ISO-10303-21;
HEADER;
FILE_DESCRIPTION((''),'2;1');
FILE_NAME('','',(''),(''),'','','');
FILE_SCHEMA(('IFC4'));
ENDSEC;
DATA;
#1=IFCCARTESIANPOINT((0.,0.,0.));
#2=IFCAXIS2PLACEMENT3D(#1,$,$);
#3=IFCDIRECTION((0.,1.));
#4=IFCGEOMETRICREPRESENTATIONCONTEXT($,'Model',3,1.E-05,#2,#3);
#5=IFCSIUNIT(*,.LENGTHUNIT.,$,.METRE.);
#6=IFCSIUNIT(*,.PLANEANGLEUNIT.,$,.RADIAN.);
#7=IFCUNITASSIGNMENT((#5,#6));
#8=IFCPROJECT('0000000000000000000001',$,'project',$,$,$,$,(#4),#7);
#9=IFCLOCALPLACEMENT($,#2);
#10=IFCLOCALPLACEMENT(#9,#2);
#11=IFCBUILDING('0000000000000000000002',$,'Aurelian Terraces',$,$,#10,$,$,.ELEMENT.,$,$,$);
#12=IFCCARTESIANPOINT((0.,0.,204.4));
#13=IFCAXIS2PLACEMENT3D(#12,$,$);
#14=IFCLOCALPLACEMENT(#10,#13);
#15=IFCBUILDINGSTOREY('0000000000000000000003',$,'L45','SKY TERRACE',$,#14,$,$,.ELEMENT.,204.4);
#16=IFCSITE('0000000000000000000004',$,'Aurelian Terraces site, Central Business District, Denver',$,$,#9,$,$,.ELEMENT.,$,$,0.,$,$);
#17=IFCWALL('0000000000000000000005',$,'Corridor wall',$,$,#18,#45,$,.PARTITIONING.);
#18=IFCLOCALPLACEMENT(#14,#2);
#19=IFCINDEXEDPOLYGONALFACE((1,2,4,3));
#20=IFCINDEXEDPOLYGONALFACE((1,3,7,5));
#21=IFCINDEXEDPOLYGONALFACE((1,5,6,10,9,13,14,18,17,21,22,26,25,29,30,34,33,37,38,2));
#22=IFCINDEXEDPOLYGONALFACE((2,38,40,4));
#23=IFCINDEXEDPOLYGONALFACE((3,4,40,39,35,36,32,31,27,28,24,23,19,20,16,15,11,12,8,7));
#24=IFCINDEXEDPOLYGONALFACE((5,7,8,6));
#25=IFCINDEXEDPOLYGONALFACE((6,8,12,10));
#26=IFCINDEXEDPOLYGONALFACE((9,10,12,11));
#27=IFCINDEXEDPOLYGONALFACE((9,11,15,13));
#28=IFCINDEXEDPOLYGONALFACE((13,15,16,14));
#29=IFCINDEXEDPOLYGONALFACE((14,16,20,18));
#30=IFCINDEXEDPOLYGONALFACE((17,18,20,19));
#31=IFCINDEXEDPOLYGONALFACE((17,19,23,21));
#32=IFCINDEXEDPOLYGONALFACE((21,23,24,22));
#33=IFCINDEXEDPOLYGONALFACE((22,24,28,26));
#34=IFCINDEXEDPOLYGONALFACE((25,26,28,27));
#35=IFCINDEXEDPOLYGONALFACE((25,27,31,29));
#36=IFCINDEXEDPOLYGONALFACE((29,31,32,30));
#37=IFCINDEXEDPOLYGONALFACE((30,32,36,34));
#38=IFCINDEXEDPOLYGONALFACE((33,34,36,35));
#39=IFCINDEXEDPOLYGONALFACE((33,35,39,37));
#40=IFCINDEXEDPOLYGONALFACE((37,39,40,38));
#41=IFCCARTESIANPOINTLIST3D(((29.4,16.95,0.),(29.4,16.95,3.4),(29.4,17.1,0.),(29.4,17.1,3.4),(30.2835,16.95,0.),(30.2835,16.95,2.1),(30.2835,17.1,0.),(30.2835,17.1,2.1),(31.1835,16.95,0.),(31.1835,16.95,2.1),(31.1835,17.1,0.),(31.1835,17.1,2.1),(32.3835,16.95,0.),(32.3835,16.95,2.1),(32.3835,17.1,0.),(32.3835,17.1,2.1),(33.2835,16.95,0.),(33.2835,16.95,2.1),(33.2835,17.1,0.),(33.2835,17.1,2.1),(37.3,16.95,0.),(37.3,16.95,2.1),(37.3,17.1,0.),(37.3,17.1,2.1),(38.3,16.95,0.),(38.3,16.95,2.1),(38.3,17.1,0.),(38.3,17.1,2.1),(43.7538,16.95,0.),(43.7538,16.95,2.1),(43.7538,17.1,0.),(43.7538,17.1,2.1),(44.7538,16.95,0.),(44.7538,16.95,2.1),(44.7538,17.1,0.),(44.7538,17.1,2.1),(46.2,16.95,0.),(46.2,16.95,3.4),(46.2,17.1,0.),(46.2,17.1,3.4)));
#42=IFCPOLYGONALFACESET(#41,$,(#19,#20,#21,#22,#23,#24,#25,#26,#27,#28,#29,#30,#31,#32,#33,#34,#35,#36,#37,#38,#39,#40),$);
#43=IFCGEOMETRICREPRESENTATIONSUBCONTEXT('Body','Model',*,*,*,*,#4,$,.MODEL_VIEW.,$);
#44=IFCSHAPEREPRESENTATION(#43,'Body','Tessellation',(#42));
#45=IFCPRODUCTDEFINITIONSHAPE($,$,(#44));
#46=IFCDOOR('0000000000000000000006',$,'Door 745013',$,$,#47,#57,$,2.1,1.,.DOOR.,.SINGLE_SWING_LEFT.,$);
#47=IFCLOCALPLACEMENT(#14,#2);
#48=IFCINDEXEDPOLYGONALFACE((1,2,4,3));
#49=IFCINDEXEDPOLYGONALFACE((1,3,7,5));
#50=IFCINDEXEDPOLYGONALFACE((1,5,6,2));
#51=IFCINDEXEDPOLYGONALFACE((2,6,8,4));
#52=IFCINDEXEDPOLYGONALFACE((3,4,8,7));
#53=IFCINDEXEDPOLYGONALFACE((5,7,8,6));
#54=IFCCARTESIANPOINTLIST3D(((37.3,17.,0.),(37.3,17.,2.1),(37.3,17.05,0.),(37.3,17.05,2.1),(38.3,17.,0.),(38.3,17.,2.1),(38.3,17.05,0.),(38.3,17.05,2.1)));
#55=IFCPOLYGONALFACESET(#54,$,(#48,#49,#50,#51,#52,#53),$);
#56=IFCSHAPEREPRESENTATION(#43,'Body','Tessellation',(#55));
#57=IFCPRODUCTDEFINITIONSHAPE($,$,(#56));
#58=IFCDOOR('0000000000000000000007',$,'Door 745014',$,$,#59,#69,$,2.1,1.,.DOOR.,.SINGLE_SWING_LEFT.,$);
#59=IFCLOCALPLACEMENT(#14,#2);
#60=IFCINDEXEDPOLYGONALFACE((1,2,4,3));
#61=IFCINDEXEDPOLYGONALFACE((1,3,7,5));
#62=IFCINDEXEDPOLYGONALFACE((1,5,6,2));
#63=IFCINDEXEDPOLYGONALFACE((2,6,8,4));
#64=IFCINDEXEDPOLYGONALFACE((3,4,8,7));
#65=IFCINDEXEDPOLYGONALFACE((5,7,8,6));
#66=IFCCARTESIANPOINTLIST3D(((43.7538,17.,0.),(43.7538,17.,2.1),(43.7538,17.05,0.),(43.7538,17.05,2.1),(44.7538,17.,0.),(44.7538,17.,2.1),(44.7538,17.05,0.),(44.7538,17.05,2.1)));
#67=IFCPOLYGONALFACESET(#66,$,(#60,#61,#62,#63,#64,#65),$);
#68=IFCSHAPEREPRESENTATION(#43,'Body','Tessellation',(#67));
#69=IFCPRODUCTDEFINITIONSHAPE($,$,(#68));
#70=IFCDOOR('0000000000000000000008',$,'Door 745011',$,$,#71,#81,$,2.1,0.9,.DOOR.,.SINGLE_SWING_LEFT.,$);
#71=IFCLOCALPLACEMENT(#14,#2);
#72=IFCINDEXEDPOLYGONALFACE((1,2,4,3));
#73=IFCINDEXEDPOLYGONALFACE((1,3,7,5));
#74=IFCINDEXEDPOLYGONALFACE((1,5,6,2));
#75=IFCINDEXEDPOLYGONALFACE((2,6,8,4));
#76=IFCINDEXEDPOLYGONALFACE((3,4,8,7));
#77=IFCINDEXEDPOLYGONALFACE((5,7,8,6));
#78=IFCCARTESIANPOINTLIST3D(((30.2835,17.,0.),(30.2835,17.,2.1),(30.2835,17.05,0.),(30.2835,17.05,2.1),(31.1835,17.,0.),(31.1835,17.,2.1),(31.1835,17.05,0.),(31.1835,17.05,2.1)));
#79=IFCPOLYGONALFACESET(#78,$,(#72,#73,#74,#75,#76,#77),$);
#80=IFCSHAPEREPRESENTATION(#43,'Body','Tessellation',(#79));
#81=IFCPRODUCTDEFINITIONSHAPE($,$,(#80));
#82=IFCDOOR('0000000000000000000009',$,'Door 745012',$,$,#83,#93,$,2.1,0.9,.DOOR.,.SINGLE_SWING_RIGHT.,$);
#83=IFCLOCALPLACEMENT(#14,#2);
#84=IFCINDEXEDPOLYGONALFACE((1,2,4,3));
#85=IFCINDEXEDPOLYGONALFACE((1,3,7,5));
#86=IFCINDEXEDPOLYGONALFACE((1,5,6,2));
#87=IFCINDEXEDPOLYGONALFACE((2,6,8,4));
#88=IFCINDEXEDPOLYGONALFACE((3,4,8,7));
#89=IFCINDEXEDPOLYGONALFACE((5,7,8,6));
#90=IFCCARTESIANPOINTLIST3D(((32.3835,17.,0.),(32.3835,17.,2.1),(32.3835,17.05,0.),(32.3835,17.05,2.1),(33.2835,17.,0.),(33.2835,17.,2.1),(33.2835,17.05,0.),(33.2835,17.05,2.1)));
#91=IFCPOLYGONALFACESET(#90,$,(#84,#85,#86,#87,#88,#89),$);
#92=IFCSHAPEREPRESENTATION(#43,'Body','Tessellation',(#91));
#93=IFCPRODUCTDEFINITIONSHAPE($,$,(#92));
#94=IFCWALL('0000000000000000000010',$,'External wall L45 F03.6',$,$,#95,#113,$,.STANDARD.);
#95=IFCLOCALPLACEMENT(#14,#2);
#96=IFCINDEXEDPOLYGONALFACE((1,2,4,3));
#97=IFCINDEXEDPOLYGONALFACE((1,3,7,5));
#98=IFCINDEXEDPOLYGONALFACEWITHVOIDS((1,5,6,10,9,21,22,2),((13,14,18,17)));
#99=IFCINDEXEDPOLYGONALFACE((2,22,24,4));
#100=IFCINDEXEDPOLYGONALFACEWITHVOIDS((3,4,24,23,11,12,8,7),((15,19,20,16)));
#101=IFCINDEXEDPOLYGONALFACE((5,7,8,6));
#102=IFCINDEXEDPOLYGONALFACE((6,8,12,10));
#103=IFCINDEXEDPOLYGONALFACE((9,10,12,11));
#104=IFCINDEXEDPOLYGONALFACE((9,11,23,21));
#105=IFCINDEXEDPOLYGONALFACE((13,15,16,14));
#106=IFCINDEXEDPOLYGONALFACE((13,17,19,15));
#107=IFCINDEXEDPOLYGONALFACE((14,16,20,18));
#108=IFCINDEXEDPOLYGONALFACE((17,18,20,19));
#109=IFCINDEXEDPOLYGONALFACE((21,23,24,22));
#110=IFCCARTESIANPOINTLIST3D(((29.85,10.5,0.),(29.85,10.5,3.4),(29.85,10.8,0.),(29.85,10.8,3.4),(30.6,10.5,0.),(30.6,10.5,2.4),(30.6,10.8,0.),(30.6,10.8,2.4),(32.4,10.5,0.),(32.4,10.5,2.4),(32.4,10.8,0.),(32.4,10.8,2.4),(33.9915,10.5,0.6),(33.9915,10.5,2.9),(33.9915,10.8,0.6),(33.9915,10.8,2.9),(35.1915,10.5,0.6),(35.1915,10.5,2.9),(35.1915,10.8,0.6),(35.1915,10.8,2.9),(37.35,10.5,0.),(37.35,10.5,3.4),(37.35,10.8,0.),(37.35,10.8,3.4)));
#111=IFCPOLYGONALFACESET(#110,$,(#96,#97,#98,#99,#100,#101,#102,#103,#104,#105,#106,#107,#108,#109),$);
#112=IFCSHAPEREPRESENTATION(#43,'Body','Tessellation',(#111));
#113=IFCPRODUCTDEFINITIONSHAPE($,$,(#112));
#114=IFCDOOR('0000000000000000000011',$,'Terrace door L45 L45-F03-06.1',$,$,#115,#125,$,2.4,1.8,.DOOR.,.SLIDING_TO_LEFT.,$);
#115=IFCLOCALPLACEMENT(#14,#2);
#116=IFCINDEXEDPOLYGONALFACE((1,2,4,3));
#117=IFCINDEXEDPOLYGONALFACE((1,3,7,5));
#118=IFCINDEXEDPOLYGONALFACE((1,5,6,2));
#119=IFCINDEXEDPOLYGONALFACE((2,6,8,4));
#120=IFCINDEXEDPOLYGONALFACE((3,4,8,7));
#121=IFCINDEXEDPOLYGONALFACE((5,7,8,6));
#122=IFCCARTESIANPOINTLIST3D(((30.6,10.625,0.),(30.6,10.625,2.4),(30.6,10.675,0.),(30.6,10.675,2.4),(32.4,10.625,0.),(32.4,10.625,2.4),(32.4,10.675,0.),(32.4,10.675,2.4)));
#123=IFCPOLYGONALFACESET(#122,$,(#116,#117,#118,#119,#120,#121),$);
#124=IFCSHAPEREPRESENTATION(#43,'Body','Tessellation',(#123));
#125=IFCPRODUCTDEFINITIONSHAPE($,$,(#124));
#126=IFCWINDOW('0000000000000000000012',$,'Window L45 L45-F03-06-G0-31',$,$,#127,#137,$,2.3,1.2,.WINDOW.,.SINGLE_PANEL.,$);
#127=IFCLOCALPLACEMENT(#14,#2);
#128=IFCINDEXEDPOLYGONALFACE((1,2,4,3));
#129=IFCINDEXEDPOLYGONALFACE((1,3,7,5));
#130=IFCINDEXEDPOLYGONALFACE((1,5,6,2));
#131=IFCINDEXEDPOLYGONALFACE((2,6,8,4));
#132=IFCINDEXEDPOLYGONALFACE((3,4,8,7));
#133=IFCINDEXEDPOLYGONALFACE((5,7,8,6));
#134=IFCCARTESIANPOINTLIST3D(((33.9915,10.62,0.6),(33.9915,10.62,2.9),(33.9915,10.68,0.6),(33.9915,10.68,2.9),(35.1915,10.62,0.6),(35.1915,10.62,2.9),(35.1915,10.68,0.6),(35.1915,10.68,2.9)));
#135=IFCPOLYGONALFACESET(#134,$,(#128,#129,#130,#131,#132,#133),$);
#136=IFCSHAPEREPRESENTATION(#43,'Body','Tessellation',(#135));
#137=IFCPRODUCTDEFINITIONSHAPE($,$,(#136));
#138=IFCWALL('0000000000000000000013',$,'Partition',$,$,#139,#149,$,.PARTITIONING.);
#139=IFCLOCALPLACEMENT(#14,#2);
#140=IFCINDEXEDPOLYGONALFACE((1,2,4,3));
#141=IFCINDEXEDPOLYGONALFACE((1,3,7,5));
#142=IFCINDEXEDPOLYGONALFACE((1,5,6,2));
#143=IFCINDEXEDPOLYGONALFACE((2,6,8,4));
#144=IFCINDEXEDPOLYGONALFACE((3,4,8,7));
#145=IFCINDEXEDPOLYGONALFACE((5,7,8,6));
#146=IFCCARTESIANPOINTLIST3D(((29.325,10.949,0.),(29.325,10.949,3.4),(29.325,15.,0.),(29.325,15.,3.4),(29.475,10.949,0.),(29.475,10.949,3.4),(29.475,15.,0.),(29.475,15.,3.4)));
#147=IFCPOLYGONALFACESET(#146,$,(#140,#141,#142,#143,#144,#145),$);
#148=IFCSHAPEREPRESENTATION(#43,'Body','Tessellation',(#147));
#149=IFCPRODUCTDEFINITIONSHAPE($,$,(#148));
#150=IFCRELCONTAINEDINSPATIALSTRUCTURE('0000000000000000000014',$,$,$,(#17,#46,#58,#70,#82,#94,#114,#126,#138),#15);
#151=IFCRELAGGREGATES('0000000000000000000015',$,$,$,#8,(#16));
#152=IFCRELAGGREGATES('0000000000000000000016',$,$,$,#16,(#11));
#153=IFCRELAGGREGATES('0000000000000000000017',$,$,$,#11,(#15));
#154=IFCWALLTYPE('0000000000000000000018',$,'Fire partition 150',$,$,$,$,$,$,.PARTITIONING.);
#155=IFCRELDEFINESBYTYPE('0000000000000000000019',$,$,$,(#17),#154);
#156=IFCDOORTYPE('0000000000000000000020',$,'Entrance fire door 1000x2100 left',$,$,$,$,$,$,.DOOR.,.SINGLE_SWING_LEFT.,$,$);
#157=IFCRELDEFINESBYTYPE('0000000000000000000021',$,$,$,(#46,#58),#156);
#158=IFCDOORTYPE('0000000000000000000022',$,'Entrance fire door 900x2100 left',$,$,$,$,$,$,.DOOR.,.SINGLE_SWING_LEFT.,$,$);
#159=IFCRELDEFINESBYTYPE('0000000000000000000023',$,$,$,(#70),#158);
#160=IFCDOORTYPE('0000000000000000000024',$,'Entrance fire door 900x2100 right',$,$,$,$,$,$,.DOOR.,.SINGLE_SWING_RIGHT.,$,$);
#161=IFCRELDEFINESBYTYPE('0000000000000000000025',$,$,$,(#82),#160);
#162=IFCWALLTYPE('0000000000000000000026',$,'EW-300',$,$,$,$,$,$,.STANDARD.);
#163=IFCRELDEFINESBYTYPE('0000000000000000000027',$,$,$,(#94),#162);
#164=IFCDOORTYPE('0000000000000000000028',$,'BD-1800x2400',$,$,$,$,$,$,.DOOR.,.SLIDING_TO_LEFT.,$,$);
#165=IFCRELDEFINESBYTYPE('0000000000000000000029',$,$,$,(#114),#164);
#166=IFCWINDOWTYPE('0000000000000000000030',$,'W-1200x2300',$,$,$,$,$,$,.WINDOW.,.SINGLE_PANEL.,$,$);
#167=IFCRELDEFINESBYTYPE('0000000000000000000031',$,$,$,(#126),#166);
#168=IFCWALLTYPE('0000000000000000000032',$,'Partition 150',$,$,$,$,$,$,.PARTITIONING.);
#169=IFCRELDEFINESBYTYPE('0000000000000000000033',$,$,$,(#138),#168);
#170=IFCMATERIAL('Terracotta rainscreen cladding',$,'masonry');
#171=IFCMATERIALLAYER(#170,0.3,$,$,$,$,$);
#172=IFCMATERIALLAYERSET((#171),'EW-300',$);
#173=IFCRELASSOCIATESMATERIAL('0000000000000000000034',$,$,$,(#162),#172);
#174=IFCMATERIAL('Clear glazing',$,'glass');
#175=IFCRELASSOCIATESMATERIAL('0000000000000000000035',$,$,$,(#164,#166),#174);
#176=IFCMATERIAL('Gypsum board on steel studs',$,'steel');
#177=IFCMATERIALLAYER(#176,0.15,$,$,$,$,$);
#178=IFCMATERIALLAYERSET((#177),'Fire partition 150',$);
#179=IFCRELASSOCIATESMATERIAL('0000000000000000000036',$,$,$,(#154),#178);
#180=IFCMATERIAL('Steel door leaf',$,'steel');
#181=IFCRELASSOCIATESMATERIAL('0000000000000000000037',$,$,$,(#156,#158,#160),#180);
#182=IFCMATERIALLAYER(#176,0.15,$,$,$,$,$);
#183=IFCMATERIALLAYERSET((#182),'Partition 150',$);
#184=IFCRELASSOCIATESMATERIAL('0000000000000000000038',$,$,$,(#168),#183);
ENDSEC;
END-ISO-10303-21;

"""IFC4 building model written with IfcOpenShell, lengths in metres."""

from ifc_helpers import new_model, si_unit, direction, frame, frame_2d, origin, place, context, subcontext, project, spatial, rectangle, extrude, source, transform, mapped, material, layer, layer_set, type_object, element, fill, save


model = new_model("IFC4")

# Units and contexts
model_context = context("Model", 3, precision=1e-05, world=origin(), true_north=direction((0.0, 1.0)))
body_context = subcontext(model_context, "Body", "Model", "MODEL_VIEW")
ifc_project = project(units=[si_unit("LENGTHUNIT", "METRE"), si_unit("PLANEANGLEUNIT", "RADIAN")], contexts=[model_context])

# Site, building, storey
site_placement = place(None, origin())
site = spatial("IfcSite", under=ifc_project, at=site_placement, Name="Aurelian Terraces site, Central Business District, Denver", CompositionType="ELEMENT", RefElevation=0.0)
building_placement = place(site_placement, origin())
building = spatial("IfcBuilding", under=site, at=building_placement, Name="Aurelian Terraces", CompositionType="ELEMENT")
storey_placement = place(building_placement, frame((0.0, 0.0, 204.4)))
storey = spatial("IfcBuildingStorey", under=building, at=storey_placement, Name="L45", Description="SKY TERRACE", CompositionType="ELEMENT", Elevation=204.4)

# Wall, openings, doors
ifc_material_1 = material(Name="Terracotta rainscreen cladding", Category="masonry")
ifc_layer_1 = layer(ifc_material_1, 0.3)
ifc_layer_set_1 = layer_set([ifc_layer_1], Name="EW-300")
wall_type_1 = type_object("IfcWallType", Name="EW-300", PredefinedType="STANDARD", material=ifc_layer_set_1)
shared_shape_1 = source(origin(), body_context, "Body", "SweptSolid", [
    extrude(rectangle(XDim=1.8, YDim=2.4, at=frame_2d((0.9, 1.2))), frame((0.0, 0.16, 0.0), z_axis=(0.0, -1.0, 0.0), x_axis=(1.0, 0.0, 0.0)), (0.0, 0.0, 1.0), 0.32),
])
ifc_material_2 = material(Name="Clear glazing", Category="glass")
door_type_1 = type_object("IfcDoorType", Name="BD-1800x2400", OperationType="SLIDING_TO_LEFT", PredefinedType="DOOR", material=ifc_material_2)
shared_shape_2 = source(origin(), body_context, "Body", "SweptSolid", [
    extrude(rectangle(XDim=1.8, YDim=2.4, at=frame_2d((0.9, 1.2))), frame((0.0, 0.025, 0.0), z_axis=(0.0, -1.0, 0.0), x_axis=(1.0, 0.0, 0.0)), (0.0, 0.0, 1.0), 0.05),
])
ifc_material_3 = material(Name="Gypsum board on steel studs", Category="steel")
ifc_layer_2 = layer(ifc_material_3, 0.15)
ifc_layer_set_2 = layer_set([ifc_layer_2], Name="Fire partition 150")
wall_type_2 = type_object("IfcWallType", Name="Fire partition 150", PredefinedType="PARTITIONING", material=ifc_layer_set_2)
wall_1_placement = place(storey_placement, frame((29.4, 17.025, 0.0), z_axis=(0.0, 0.0, 1.0), x_axis=(1.0, 0.0, 0.0)))
wall_1 = element("IfcWall", 1, at=wall_1_placement, inside=storey, type_object=wall_type_2, Name="Corridor wall", PredefinedType="PARTITIONING", context=body_context, shape_type="SweptSolid", body=[
    extrude(rectangle(XDim=16.8, YDim=0.15, at=frame_2d((8.4, 0.0))), origin(), (0.0, 0.0, 1.0), 3.4),
])
shared_shape_3 = source(origin(), body_context, "Body", "SweptSolid", [
    extrude(rectangle(XDim=0.9, YDim=2.1, at=frame_2d((0.45, 1.05))), frame((0.0, 0.085, 0.0), z_axis=(0.0, -1.0, 0.0), x_axis=(1.0, 0.0, 0.0)), (0.0, 0.0, 1.0), 0.17),
])
opening_1_placement = place(wall_1_placement, frame((0.8835, 0.0, 0.0)))
opening_1 = element("IfcOpeningElement", 2, at=opening_1_placement, cuts=wall_1, PredefinedType="OPENING", context=body_context, shape_type="MappedRepresentation", body=[
    mapped(shared_shape_3, transform((0.0, 0.0, 0.0), scale=1.0)),
])
opening_2_placement = place(wall_1_placement, frame((2.9835, 0.0, 0.0)))
opening_2 = element("IfcOpeningElement", 3, at=opening_2_placement, cuts=wall_1, PredefinedType="OPENING", context=body_context, shape_type="MappedRepresentation", body=[
    mapped(shared_shape_3, transform((0.0, 0.0, 0.0), scale=1.0)),
])
shared_shape_4 = source(origin(), body_context, "Body", "SweptSolid", [
    extrude(rectangle(XDim=1.0, YDim=2.1, at=frame_2d((0.5, 1.05))), frame((0.0, 0.085, 0.0), z_axis=(0.0, -1.0, 0.0), x_axis=(1.0, 0.0, 0.0)), (0.0, 0.0, 1.0), 0.17),
])
opening_3_placement = place(wall_1_placement, frame((7.9, 0.0, 0.0)))
opening_3 = element("IfcOpeningElement", 4, at=opening_3_placement, cuts=wall_1, PredefinedType="OPENING", context=body_context, shape_type="MappedRepresentation", body=[
    mapped(shared_shape_4, transform((0.0, 0.0, 0.0), scale=1.0)),
])
opening_4_placement = place(wall_1_placement, frame((14.3538, 0.0, 0.0)))
opening_4 = element("IfcOpeningElement", 5, at=opening_4_placement, cuts=wall_1, PredefinedType="OPENING", context=body_context, shape_type="MappedRepresentation", body=[
    mapped(shared_shape_4, transform((0.0, 0.0, 0.0), scale=1.0)),
])
ifc_material_4 = material(Name="Steel door leaf", Category="steel")
door_type_2 = type_object("IfcDoorType", Name="Entrance fire door 1000x2100 left", OperationType="SINGLE_SWING_LEFT", PredefinedType="DOOR", material=ifc_material_4)
shared_shape_5 = source(origin(), body_context, "Body", "SweptSolid", [
    extrude(rectangle(XDim=1.0, YDim=2.1, at=frame_2d((0.5, 1.05))), frame((0.0, 0.025, 0.0), z_axis=(0.0, -1.0, 0.0), x_axis=(1.0, 0.0, 0.0)), (0.0, 0.0, 1.0), 0.05),
])
door_1_placement = place(opening_3_placement, origin())
door_1 = element("IfcDoor", 6, at=door_1_placement, inside=storey, type_object=door_type_2, Name="Door 745013", OperationType="SINGLE_SWING_LEFT", OverallHeight=2.1, OverallWidth=1.0, PredefinedType="DOOR", context=body_context, shape_type="MappedRepresentation", body=[
    mapped(shared_shape_5, transform((0.0, 0.0, 0.0), scale=1.0)),
])
fill(opening_3, door_1)
door_2_placement = place(opening_4_placement, origin())
door_2 = element("IfcDoor", 7, at=door_2_placement, inside=storey, type_object=door_type_2, Name="Door 745014", OperationType="SINGLE_SWING_LEFT", OverallHeight=2.1, OverallWidth=1.0, PredefinedType="DOOR", context=body_context, shape_type="MappedRepresentation", body=[
    mapped(shared_shape_5, transform((0.0, 0.0, 0.0), scale=1.0)),
])
fill(opening_4, door_2)
door_type_3 = type_object("IfcDoorType", Name="Entrance fire door 900x2100 left", OperationType="SINGLE_SWING_LEFT", PredefinedType="DOOR", material=ifc_material_4)
shared_shape_6 = source(origin(), body_context, "Body", "SweptSolid", [
    extrude(rectangle(XDim=0.9, YDim=2.1, at=frame_2d((0.45, 1.05))), frame((0.0, 0.025, 0.0), z_axis=(0.0, -1.0, 0.0), x_axis=(1.0, 0.0, 0.0)), (0.0, 0.0, 1.0), 0.05),
])
door_3_placement = place(opening_1_placement, origin())
door_3 = element("IfcDoor", 8, at=door_3_placement, inside=storey, type_object=door_type_3, Name="Door 745011", OperationType="SINGLE_SWING_LEFT", OverallHeight=2.1, OverallWidth=0.9, PredefinedType="DOOR", context=body_context, shape_type="MappedRepresentation", body=[
    mapped(shared_shape_6, transform((0.0, 0.0, 0.0), scale=1.0)),
])
fill(opening_1, door_3)
door_type_4 = type_object("IfcDoorType", Name="Entrance fire door 900x2100 right", OperationType="SINGLE_SWING_RIGHT", PredefinedType="DOOR", material=ifc_material_4)
door_4_placement = place(opening_2_placement, origin())
door_4 = element("IfcDoor", 9, at=door_4_placement, inside=storey, type_object=door_type_4, Name="Door 745012", OperationType="SINGLE_SWING_RIGHT", OverallHeight=2.1, OverallWidth=0.9, PredefinedType="DOOR", context=body_context, shape_type="MappedRepresentation", body=[
    mapped(shared_shape_6, transform((0.0, 0.0, 0.0), scale=1.0)),
])
fill(opening_2, door_4)

# Wall, openings, door, window
shared_shape_7 = source(origin(), body_context, "Body", "SweptSolid", [
    extrude(rectangle(XDim=7.5, YDim=0.3, at=frame_2d((3.75, 0.0))), origin(), (0.0, 0.0, 1.0), 3.4),
])
wall_2_placement = place(storey_placement, frame((29.85, 10.65, 0.0), z_axis=(0.0, 0.0, 1.0), x_axis=(1.0, 0.0, 0.0)))
wall_2 = element("IfcWall", 10, at=wall_2_placement, inside=storey, type_object=wall_type_1, Name="External wall L45 F03.6", PredefinedType="STANDARD", context=body_context, shape_type="MappedRepresentation", body=[
    mapped(shared_shape_7, transform((0.0, 0.0, 0.0), scale=1.0)),
])
opening_5_placement = place(wall_2_placement, frame((0.75, 0.0, 0.0)))
opening_5 = element("IfcOpeningElement", 11, at=opening_5_placement, cuts=wall_2, PredefinedType="OPENING", context=body_context, shape_type="MappedRepresentation", body=[
    mapped(shared_shape_1, transform((0.0, 0.0, 0.0), scale=1.0)),
])
shared_shape_8 = source(origin(), body_context, "Body", "SweptSolid", [
    extrude(rectangle(XDim=1.2, YDim=2.3, at=frame_2d((0.6, 1.15))), frame((0.0, 0.16, 0.0), z_axis=(0.0, -1.0, 0.0), x_axis=(1.0, 0.0, 0.0)), (0.0, 0.0, 1.0), 0.32),
])
opening_6_placement = place(wall_2_placement, frame((4.1415, 0.0, 0.6)))
opening_6 = element("IfcOpeningElement", 12, at=opening_6_placement, cuts=wall_2, PredefinedType="OPENING", context=body_context, shape_type="MappedRepresentation", body=[
    mapped(shared_shape_8, transform((0.0, 0.0, 0.0), scale=1.0)),
])
door_5_placement = place(opening_5_placement, origin())
door_5 = element("IfcDoor", 13, at=door_5_placement, inside=storey, type_object=door_type_1, Name="Terrace door L45 L45-F03-06.1", OperationType="SLIDING_TO_LEFT", OverallHeight=2.4, OverallWidth=1.8, PredefinedType="DOOR", context=body_context, shape_type="MappedRepresentation", body=[
    mapped(shared_shape_2, transform((0.0, 0.0, 0.0), scale=1.0)),
])
fill(opening_5, door_5)
window_type = type_object("IfcWindowType", Name="W-1200x2300", PartitioningType="SINGLE_PANEL", PredefinedType="WINDOW", material=ifc_material_2)
shared_shape_9 = source(origin(), body_context, "Body", "SweptSolid", [
    extrude(rectangle(XDim=1.2, YDim=2.3, at=frame_2d((0.6, 1.15))), frame((0.0, 0.03, 0.0), z_axis=(0.0, -1.0, 0.0), x_axis=(1.0, 0.0, 0.0)), (0.0, 0.0, 1.0), 0.06),
])
window_placement = place(opening_6_placement, origin())
window = element("IfcWindow", 14, at=window_placement, inside=storey, type_object=window_type, Name="Window L45 L45-F03-06-G0-31", OverallHeight=2.3, OverallWidth=1.2, PartitioningType="SINGLE_PANEL", PredefinedType="WINDOW", context=body_context, shape_type="MappedRepresentation", body=[
    mapped(shared_shape_9, transform((0.0, 0.0, 0.0), scale=1.0)),
])
fill(opening_6, window)

# Wall
ifc_layer_3 = layer(ifc_material_3, 0.15)
ifc_layer_set_3 = layer_set([ifc_layer_3], Name="Partition 150")
wall_type_3 = type_object("IfcWallType", Name="Partition 150", PredefinedType="PARTITIONING", material=ifc_layer_set_3)
shared_shape_10 = source(origin(), body_context, "Body", "SweptSolid", [
    extrude(rectangle(XDim=4.051, YDim=0.15, at=frame_2d((2.0255, 0.0))), origin(), (0.0, 0.0, 1.0), 3.4),
])
wall_3_placement = place(storey_placement, frame((29.4, 10.949, 0.0), z_axis=(0.0, 0.0, 1.0), x_axis=(0.0, 1.0, 0.0)))
element("IfcWall", 15, at=wall_3_placement, inside=storey, type_object=wall_type_3, Name="Partition", PredefinedType="PARTITIONING", context=body_context, shape_type="MappedRepresentation", body=[
    mapped(shared_shape_10, transform((0.0, 0.0, 0.0), scale=1.0)),
])

save(model, "model.ifc")
